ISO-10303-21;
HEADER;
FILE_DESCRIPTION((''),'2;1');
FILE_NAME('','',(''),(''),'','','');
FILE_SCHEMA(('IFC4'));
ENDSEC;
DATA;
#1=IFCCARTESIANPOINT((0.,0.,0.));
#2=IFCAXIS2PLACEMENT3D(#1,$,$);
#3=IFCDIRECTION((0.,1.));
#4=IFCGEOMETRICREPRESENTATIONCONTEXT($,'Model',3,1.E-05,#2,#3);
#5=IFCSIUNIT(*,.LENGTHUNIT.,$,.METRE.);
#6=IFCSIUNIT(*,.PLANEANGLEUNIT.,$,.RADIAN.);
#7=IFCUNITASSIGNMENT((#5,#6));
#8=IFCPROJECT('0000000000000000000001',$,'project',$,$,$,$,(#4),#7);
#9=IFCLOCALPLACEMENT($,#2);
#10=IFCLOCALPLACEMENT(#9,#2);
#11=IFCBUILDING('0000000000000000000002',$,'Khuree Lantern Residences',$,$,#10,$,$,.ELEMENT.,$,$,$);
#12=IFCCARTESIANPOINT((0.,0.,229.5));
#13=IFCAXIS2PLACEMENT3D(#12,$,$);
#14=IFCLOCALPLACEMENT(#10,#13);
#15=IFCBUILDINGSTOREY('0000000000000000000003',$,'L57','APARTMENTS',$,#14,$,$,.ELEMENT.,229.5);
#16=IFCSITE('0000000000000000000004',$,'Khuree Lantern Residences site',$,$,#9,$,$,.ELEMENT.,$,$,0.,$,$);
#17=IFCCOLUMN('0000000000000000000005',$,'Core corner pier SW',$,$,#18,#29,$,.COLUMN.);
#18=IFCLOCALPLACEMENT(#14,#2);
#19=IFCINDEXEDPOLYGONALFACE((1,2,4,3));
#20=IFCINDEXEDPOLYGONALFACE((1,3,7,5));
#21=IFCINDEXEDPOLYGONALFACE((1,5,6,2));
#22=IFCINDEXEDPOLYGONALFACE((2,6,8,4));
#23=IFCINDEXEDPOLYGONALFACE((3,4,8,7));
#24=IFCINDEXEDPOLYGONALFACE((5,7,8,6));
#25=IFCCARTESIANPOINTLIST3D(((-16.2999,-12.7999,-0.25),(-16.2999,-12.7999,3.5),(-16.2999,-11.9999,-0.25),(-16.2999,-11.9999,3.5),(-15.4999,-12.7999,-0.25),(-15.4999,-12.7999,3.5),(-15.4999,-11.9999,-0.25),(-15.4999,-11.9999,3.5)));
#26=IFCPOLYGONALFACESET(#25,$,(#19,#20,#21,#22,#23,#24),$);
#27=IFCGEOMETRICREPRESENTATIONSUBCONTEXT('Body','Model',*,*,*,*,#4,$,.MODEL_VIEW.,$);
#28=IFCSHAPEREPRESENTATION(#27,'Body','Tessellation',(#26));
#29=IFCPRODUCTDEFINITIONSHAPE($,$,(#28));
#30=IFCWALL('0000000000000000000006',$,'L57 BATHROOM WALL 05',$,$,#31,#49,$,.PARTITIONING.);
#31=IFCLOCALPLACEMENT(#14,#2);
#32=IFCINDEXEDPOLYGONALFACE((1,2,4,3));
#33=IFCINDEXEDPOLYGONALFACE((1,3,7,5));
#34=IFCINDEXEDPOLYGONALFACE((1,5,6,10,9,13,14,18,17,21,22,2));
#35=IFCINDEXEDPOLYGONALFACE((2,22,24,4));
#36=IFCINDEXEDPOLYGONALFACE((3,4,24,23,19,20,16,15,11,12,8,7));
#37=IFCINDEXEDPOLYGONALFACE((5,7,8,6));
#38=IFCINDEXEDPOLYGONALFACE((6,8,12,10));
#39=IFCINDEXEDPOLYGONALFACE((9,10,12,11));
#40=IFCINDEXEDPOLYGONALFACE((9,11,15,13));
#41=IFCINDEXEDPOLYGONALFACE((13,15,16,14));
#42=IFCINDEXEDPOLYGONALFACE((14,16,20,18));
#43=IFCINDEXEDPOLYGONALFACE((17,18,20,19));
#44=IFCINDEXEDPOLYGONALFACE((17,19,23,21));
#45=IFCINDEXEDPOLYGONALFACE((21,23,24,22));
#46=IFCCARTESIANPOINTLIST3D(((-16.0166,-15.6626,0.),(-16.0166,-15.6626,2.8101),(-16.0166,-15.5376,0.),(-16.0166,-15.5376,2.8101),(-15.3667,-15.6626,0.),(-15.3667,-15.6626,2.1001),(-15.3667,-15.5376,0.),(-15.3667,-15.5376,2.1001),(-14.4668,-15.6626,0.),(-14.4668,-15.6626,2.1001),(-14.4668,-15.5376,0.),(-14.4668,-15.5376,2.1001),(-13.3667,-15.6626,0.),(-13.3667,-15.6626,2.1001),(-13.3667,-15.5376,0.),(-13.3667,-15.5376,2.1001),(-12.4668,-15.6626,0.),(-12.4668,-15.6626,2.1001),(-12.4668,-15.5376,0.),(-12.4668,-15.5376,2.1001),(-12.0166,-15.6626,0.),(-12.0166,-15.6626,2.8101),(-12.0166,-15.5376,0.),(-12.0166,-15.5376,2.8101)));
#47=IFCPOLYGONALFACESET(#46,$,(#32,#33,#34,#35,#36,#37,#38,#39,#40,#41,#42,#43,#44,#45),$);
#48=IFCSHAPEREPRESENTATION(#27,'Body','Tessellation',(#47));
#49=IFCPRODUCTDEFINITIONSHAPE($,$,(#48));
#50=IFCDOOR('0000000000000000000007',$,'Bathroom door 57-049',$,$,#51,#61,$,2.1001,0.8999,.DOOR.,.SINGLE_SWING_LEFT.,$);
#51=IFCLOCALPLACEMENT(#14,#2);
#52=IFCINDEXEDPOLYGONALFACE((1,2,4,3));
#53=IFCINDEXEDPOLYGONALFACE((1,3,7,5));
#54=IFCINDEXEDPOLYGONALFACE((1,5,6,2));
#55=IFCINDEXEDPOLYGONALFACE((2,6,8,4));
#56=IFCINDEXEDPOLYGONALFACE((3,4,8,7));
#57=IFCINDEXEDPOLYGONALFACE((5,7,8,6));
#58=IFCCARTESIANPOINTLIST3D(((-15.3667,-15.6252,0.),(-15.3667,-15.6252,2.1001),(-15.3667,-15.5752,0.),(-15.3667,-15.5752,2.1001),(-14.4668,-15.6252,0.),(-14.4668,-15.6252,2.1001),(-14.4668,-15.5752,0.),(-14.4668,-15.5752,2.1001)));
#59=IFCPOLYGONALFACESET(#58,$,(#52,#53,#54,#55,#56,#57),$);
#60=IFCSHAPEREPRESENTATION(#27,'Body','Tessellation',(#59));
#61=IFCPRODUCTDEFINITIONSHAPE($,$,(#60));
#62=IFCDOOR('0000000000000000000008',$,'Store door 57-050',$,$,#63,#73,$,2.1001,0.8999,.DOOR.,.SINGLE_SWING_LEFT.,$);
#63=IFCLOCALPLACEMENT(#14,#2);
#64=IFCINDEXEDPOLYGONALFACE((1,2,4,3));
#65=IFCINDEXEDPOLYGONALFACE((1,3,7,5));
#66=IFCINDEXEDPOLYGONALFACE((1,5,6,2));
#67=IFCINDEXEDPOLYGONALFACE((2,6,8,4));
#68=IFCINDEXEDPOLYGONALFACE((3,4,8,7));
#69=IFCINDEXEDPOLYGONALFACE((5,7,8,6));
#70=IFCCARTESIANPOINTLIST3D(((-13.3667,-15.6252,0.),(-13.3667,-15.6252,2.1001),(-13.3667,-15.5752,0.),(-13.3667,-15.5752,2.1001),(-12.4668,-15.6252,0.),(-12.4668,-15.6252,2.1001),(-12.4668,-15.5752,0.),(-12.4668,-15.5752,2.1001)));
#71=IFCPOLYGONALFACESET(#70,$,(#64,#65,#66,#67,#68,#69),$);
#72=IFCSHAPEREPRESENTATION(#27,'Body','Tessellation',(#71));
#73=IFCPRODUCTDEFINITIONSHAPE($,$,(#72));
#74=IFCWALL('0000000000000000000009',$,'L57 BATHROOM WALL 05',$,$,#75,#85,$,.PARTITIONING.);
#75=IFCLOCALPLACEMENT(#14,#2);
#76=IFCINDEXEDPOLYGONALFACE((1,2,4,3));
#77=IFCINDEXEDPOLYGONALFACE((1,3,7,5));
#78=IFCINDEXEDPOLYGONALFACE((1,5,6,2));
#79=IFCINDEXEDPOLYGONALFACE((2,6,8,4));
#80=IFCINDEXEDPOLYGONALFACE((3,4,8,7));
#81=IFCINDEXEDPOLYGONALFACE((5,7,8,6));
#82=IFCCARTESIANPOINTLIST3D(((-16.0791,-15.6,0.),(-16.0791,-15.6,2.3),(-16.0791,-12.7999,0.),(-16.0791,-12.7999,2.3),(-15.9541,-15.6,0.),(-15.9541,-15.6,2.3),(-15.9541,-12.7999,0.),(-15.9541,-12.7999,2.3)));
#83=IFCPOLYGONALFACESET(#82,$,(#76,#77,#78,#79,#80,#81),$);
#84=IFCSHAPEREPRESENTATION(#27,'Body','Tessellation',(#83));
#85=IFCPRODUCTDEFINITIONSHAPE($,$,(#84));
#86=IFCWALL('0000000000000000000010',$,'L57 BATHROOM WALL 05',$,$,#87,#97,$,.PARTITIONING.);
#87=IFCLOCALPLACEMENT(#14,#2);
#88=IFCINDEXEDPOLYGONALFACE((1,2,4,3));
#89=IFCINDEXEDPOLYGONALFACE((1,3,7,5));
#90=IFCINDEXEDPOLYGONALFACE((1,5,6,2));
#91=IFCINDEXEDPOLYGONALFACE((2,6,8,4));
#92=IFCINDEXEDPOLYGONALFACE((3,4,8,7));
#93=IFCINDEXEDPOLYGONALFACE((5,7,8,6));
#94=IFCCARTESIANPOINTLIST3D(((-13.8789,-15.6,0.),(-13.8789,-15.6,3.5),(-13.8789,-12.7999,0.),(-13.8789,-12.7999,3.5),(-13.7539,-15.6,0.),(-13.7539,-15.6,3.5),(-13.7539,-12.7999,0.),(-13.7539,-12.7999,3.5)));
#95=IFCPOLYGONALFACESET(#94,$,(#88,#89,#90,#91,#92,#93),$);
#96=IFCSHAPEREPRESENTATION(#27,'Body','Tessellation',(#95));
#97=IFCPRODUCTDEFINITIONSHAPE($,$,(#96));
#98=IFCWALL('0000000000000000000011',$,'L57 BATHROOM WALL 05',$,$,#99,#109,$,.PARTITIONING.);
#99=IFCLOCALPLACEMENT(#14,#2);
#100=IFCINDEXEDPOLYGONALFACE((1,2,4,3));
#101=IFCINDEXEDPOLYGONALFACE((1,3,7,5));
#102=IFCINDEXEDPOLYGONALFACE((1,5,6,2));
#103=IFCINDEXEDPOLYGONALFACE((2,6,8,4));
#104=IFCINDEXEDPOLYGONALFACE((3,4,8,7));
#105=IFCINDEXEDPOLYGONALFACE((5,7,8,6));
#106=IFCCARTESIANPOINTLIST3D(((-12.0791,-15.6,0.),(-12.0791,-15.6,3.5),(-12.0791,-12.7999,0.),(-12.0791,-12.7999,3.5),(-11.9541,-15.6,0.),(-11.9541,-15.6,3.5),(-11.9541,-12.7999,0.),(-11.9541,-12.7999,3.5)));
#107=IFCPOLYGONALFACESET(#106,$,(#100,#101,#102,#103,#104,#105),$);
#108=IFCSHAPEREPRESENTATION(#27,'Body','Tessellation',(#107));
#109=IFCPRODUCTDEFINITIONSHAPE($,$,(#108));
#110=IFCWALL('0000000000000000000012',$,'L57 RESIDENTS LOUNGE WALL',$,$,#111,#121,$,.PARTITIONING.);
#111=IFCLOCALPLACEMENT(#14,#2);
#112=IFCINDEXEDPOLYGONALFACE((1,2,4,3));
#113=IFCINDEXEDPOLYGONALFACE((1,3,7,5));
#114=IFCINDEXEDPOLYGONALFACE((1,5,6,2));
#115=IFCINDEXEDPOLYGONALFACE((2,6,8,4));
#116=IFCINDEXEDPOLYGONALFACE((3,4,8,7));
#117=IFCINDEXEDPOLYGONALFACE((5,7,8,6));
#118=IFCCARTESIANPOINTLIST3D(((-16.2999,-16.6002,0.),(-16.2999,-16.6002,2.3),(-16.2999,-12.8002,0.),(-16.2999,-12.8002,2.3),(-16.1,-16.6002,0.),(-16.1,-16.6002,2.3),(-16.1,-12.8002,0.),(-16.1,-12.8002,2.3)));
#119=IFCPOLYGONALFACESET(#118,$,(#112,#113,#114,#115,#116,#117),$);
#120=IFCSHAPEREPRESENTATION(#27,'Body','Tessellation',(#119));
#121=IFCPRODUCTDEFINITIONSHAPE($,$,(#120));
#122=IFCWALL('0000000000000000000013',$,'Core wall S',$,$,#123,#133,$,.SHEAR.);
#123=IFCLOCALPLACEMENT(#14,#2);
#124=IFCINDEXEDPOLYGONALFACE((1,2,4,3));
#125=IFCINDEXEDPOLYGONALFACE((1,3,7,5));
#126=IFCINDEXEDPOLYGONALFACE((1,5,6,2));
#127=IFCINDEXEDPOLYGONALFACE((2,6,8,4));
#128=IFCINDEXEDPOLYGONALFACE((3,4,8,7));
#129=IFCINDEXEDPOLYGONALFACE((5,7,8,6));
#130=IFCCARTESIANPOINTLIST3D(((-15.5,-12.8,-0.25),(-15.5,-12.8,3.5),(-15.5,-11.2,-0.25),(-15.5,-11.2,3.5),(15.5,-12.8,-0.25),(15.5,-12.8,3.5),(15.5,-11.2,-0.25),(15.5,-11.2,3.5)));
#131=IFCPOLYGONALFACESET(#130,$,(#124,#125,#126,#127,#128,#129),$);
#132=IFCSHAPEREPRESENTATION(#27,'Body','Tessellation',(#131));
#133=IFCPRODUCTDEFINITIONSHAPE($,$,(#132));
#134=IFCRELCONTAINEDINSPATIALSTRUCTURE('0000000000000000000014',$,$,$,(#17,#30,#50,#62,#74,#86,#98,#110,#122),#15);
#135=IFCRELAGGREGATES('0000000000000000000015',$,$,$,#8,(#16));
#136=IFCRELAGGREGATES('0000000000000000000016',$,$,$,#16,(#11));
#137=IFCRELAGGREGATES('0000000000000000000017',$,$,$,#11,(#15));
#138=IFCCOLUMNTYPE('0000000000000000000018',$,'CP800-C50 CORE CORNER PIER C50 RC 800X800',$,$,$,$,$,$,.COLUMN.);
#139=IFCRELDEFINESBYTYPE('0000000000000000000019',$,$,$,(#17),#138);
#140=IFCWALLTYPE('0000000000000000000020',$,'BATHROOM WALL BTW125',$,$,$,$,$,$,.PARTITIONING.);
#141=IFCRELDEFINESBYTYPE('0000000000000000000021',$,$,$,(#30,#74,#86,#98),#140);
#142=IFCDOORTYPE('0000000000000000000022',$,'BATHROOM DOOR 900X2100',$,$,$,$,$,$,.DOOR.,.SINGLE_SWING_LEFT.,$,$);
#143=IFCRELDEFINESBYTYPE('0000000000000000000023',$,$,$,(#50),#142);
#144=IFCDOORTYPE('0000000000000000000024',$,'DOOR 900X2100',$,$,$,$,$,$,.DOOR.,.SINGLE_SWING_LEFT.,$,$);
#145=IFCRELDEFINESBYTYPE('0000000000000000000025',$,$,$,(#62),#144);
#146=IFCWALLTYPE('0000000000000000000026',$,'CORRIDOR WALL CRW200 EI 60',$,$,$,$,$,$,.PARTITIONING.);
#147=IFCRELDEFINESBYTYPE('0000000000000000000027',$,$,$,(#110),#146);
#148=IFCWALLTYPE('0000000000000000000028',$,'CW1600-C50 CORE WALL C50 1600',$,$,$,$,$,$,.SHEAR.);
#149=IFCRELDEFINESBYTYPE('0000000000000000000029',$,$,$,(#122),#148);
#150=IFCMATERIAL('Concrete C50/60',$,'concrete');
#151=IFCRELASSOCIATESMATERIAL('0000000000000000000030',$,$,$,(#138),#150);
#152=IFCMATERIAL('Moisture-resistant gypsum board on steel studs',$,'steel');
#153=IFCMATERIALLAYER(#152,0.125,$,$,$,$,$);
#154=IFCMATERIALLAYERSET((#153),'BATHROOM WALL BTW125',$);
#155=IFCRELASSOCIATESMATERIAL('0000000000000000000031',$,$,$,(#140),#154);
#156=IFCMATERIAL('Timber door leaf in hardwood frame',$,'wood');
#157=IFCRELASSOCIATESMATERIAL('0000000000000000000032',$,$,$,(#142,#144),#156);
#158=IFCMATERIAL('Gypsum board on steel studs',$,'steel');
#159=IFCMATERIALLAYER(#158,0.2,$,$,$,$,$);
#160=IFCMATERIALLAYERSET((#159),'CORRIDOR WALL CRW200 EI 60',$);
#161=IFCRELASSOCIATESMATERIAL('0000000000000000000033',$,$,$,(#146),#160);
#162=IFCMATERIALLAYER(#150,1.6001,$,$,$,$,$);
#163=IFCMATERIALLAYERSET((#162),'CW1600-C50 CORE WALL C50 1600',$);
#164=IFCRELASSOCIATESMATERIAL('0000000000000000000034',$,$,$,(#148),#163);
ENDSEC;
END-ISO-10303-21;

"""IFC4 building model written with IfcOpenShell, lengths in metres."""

from ifc_helpers import new_model, si_unit, direction, frame, frame_2d, origin, origin_2d, place, context, subcontext, project, spatial, rectangle, extrude, material, layer, layer_set, material_profile, profile_set, type_object, element, fill, save


model = new_model("IFC4")

# Units and contexts
model_context = context("Model", 3, precision=1e-05, world=origin(), true_north=direction((0.0, 1.0)))
body_context = subcontext(model_context, "Body", "Model", "MODEL_VIEW")
ifc_project = project(units=[si_unit("LENGTHUNIT", "METRE"), si_unit("PLANEANGLEUNIT", "RADIAN")], contexts=[model_context])

# Site, building, storey
site_placement = place(None, origin())
site = spatial("IfcSite", under=ifc_project, at=site_placement, Name="Khuree Lantern Residences site", CompositionType="ELEMENT", RefElevation=0.0)
building_placement = place(site_placement, origin())
building = spatial("IfcBuilding", under=site, at=building_placement, Name="Khuree Lantern Residences", CompositionType="ELEMENT")
storey_placement = place(building_placement, frame((0.0, 0.0, 229.5)))
storey = spatial("IfcBuildingStorey", under=building, at=storey_placement, Name="L57", Description="APARTMENTS", CompositionType="ELEMENT", Elevation=229.5)

# Column
ifc_material_1 = material(Name="Concrete C50/60", Category="concrete")
ifc_material_profile = material_profile(ifc_material_1, rectangle(XDim=0.8, YDim=0.8, at=origin_2d()), Name="RC 800X800")
ifc_profile_set = profile_set([ifc_material_profile], Name="Concrete C50/60")
column_type = type_object("IfcColumnType", Name="CP800-C50 CORE CORNER PIER C50 RC 800X800", PredefinedType="COLUMN", material=ifc_profile_set)
column_placement = place(storey_placement, frame((-15.8999, -12.3999, -0.25), z_axis=(0.0, 0.0, 1.0), x_axis=(1.0, 0.0, 0.0)))
element("IfcColumn", 1, at=column_placement, inside=storey, type_object=column_type, Name="Core corner pier SW", PredefinedType="COLUMN", context=body_context, shape_type="SweptSolid", body=[
    extrude(rectangle(XDim=0.8, YDim=0.8, at=origin_2d()), origin(), (0.0, 0.0, 1.0), 3.75),
])

# Wall, openings, doors
ifc_material_2 = material(Name="Moisture-resistant gypsum board on steel studs", Category="steel")
ifc_layer_1 = layer(ifc_material_2, 0.125)
ifc_layer_set_1 = layer_set([ifc_layer_1], Name="BATHROOM WALL BTW125")
wall_type_1 = type_object("IfcWallType", Name="BATHROOM WALL BTW125", PredefinedType="PARTITIONING", material=ifc_layer_set_1)
wall_1_placement = place(storey_placement, frame((-16.0166, -15.6001, 0.0), z_axis=(0.0, 0.0, 1.0), x_axis=(1.0, 0.0, 0.0)))
wall_1 = element("IfcWall", 2, at=wall_1_placement, inside=storey, type_object=wall_type_1, Name="L57 BATHROOM WALL 05", PredefinedType="PARTITIONING", context=body_context, shape_type="SweptSolid", body=[
    extrude(rectangle(XDim=4.0, YDim=0.125, at=frame_2d((2.0, 0.0))), origin(), (0.0, 0.0, 1.0), 2.8101),
])
opening_1_placement = place(wall_1_placement, frame((0.6499, 0.0, 0.0)))
opening_1 = element("IfcOpeningElement", 3, at=opening_1_placement, cuts=wall_1, PredefinedType="OPENING", context=body_context, shape_type="SweptSolid", body=[
    extrude(rectangle(XDim=0.8999, YDim=2.1001, at=frame_2d((0.45, 1.05))), frame((0.0, 0.0725, 0.0), z_axis=(0.0, -1.0, 0.0), x_axis=(1.0, 0.0, 0.0)), (0.0, 0.0, 1.0), 0.145),
])
opening_2_placement = place(wall_1_placement, frame((2.6499, 0.0, 0.0)))
opening_2 = element("IfcOpeningElement", 4, at=opening_2_placement, cuts=wall_1, PredefinedType="OPENING", context=body_context, shape_type="SweptSolid", body=[
    extrude(rectangle(XDim=0.8999, YDim=2.1001, at=frame_2d((0.45, 1.05))), frame((0.0, 0.0725, 0.0), z_axis=(0.0, -1.0, 0.0), x_axis=(1.0, 0.0, 0.0)), (0.0, 0.0, 1.0), 0.145),
])
ifc_material_3 = material(Name="Timber door leaf in hardwood frame", Category="wood")
door_type_1 = type_object("IfcDoorType", Name="BATHROOM DOOR 900X2100", OperationType="SINGLE_SWING_LEFT", PredefinedType="DOOR", material=ifc_material_3)
door_1_placement = place(opening_1_placement, origin())
door_1 = element("IfcDoor", 5, at=door_1_placement, inside=storey, type_object=door_type_1, Name="Bathroom door 57-049", OperationType="SINGLE_SWING_LEFT", OverallHeight=2.1001, OverallWidth=0.8999, PredefinedType="DOOR", context=body_context, shape_type="SweptSolid", body=[
    extrude(rectangle(XDim=0.8999, YDim=2.1001, at=frame_2d((0.45, 1.05))), frame((0.0, 0.0249, 0.0), z_axis=(0.0, -1.0, 0.0), x_axis=(1.0, 0.0, 0.0)), (0.0, 0.0, 1.0), 0.05),
])
fill(opening_1, door_1)
door_type_2 = type_object("IfcDoorType", Name="DOOR 900X2100", OperationType="SINGLE_SWING_LEFT", PredefinedType="DOOR", material=ifc_material_3)
door_2_placement = place(opening_2_placement, origin())
door_2 = element("IfcDoor", 6, at=door_2_placement, inside=storey, type_object=door_type_2, Name="Store door 57-050", OperationType="SINGLE_SWING_LEFT", OverallHeight=2.1001, OverallWidth=0.8999, PredefinedType="DOOR", context=body_context, shape_type="SweptSolid", body=[
    extrude(rectangle(XDim=0.8999, YDim=2.1001, at=frame_2d((0.45, 1.05))), frame((0.0, 0.0249, 0.0), z_axis=(0.0, -1.0, 0.0), x_axis=(1.0, 0.0, 0.0)), (0.0, 0.0, 1.0), 0.05),
])
fill(opening_2, door_2)

# Walls
wall_2_placement = place(storey_placement, frame((-16.0166, -12.8, 0.0), z_axis=(0.0, 0.0, 1.0), x_axis=(0.0, -1.0, 0.0)))
element("IfcWall", 7, at=wall_2_placement, inside=storey, type_object=wall_type_1, Name="L57 BATHROOM WALL 05", PredefinedType="PARTITIONING", context=body_context, shape_type="SweptSolid", body=[
    extrude(rectangle(XDim=2.8, YDim=0.125, at=frame_2d((1.3999, 0.0))), origin(), (0.0, 0.0, 1.0), 2.3),
])
for number, where, z_axis, x_axis, name in (
    (8, (-13.8164, -12.8, 0.0), (0.0, 0.0, 1.0), (0.0, -1.0, 0.0), "L57 BATHROOM WALL 05"),
    (9, (-12.0166, -12.8, 0.0), (0.0, 0.0, 1.0), (0.0, -1.0, 0.0), "L57 BATHROOM WALL 05"),
):
    element("IfcWall", number, at=place(storey_placement, frame(where, z_axis=z_axis, x_axis=x_axis)), inside=storey, type_object=wall_type_1, Name=name, PredefinedType="PARTITIONING", context=body_context, shape_type="SweptSolid", body=[
        extrude(rectangle(XDim=2.8, YDim=0.125, at=frame_2d((1.3999, 0.0))), origin(), (0.0, 0.0, 1.0), 3.5),
    ])
ifc_material_4 = material(Name="Gypsum board on steel studs", Category="steel")
ifc_layer_2 = layer(ifc_material_4, 0.2)
ifc_layer_set_2 = layer_set([ifc_layer_2], Name="CORRIDOR WALL CRW200 EI 60")
wall_type_2 = type_object("IfcWallType", Name="CORRIDOR WALL CRW200 EI 60", PredefinedType="PARTITIONING", material=ifc_layer_set_2)
wall_3_placement = place(storey_placement, frame((-16.2, -16.6001, 0.0), z_axis=(0.0, 0.0, 1.0), x_axis=(0.0, 1.0, 0.0)))
element("IfcWall", 10, at=wall_3_placement, inside=storey, type_object=wall_type_2, Name="L57 RESIDENTS LOUNGE WALL", PredefinedType="PARTITIONING", context=body_context, shape_type="SweptSolid", body=[
    extrude(rectangle(XDim=3.8, YDim=0.2, at=frame_2d((1.8999, 0.0))), origin(), (0.0, 0.0, 1.0), 2.3),
])
ifc_layer_3 = layer(ifc_material_1, 1.6001)
ifc_layer_set_3 = layer_set([ifc_layer_3], Name="CW1600-C50 CORE WALL C50 1600")
wall_type_3 = type_object("IfcWallType", Name="CW1600-C50 CORE WALL C50 1600", PredefinedType="SHEAR", material=ifc_layer_set_3)
wall_4_placement = place(storey_placement, frame((-15.5, -12.0, -0.25), z_axis=(0.0, 0.0, 1.0), x_axis=(1.0, 0.0, 0.0)))
element("IfcWall", 11, at=wall_4_placement, inside=storey, type_object=wall_type_3, Name="Core wall S", PredefinedType="SHEAR", context=body_context, shape_type="SweptSolid", body=[
    extrude(rectangle(XDim=31.0, YDim=1.6001, at=frame_2d((15.5, 0.0))), origin(), (0.0, 0.0, 1.0), 3.75),
])

save(model, "model.ifc")
